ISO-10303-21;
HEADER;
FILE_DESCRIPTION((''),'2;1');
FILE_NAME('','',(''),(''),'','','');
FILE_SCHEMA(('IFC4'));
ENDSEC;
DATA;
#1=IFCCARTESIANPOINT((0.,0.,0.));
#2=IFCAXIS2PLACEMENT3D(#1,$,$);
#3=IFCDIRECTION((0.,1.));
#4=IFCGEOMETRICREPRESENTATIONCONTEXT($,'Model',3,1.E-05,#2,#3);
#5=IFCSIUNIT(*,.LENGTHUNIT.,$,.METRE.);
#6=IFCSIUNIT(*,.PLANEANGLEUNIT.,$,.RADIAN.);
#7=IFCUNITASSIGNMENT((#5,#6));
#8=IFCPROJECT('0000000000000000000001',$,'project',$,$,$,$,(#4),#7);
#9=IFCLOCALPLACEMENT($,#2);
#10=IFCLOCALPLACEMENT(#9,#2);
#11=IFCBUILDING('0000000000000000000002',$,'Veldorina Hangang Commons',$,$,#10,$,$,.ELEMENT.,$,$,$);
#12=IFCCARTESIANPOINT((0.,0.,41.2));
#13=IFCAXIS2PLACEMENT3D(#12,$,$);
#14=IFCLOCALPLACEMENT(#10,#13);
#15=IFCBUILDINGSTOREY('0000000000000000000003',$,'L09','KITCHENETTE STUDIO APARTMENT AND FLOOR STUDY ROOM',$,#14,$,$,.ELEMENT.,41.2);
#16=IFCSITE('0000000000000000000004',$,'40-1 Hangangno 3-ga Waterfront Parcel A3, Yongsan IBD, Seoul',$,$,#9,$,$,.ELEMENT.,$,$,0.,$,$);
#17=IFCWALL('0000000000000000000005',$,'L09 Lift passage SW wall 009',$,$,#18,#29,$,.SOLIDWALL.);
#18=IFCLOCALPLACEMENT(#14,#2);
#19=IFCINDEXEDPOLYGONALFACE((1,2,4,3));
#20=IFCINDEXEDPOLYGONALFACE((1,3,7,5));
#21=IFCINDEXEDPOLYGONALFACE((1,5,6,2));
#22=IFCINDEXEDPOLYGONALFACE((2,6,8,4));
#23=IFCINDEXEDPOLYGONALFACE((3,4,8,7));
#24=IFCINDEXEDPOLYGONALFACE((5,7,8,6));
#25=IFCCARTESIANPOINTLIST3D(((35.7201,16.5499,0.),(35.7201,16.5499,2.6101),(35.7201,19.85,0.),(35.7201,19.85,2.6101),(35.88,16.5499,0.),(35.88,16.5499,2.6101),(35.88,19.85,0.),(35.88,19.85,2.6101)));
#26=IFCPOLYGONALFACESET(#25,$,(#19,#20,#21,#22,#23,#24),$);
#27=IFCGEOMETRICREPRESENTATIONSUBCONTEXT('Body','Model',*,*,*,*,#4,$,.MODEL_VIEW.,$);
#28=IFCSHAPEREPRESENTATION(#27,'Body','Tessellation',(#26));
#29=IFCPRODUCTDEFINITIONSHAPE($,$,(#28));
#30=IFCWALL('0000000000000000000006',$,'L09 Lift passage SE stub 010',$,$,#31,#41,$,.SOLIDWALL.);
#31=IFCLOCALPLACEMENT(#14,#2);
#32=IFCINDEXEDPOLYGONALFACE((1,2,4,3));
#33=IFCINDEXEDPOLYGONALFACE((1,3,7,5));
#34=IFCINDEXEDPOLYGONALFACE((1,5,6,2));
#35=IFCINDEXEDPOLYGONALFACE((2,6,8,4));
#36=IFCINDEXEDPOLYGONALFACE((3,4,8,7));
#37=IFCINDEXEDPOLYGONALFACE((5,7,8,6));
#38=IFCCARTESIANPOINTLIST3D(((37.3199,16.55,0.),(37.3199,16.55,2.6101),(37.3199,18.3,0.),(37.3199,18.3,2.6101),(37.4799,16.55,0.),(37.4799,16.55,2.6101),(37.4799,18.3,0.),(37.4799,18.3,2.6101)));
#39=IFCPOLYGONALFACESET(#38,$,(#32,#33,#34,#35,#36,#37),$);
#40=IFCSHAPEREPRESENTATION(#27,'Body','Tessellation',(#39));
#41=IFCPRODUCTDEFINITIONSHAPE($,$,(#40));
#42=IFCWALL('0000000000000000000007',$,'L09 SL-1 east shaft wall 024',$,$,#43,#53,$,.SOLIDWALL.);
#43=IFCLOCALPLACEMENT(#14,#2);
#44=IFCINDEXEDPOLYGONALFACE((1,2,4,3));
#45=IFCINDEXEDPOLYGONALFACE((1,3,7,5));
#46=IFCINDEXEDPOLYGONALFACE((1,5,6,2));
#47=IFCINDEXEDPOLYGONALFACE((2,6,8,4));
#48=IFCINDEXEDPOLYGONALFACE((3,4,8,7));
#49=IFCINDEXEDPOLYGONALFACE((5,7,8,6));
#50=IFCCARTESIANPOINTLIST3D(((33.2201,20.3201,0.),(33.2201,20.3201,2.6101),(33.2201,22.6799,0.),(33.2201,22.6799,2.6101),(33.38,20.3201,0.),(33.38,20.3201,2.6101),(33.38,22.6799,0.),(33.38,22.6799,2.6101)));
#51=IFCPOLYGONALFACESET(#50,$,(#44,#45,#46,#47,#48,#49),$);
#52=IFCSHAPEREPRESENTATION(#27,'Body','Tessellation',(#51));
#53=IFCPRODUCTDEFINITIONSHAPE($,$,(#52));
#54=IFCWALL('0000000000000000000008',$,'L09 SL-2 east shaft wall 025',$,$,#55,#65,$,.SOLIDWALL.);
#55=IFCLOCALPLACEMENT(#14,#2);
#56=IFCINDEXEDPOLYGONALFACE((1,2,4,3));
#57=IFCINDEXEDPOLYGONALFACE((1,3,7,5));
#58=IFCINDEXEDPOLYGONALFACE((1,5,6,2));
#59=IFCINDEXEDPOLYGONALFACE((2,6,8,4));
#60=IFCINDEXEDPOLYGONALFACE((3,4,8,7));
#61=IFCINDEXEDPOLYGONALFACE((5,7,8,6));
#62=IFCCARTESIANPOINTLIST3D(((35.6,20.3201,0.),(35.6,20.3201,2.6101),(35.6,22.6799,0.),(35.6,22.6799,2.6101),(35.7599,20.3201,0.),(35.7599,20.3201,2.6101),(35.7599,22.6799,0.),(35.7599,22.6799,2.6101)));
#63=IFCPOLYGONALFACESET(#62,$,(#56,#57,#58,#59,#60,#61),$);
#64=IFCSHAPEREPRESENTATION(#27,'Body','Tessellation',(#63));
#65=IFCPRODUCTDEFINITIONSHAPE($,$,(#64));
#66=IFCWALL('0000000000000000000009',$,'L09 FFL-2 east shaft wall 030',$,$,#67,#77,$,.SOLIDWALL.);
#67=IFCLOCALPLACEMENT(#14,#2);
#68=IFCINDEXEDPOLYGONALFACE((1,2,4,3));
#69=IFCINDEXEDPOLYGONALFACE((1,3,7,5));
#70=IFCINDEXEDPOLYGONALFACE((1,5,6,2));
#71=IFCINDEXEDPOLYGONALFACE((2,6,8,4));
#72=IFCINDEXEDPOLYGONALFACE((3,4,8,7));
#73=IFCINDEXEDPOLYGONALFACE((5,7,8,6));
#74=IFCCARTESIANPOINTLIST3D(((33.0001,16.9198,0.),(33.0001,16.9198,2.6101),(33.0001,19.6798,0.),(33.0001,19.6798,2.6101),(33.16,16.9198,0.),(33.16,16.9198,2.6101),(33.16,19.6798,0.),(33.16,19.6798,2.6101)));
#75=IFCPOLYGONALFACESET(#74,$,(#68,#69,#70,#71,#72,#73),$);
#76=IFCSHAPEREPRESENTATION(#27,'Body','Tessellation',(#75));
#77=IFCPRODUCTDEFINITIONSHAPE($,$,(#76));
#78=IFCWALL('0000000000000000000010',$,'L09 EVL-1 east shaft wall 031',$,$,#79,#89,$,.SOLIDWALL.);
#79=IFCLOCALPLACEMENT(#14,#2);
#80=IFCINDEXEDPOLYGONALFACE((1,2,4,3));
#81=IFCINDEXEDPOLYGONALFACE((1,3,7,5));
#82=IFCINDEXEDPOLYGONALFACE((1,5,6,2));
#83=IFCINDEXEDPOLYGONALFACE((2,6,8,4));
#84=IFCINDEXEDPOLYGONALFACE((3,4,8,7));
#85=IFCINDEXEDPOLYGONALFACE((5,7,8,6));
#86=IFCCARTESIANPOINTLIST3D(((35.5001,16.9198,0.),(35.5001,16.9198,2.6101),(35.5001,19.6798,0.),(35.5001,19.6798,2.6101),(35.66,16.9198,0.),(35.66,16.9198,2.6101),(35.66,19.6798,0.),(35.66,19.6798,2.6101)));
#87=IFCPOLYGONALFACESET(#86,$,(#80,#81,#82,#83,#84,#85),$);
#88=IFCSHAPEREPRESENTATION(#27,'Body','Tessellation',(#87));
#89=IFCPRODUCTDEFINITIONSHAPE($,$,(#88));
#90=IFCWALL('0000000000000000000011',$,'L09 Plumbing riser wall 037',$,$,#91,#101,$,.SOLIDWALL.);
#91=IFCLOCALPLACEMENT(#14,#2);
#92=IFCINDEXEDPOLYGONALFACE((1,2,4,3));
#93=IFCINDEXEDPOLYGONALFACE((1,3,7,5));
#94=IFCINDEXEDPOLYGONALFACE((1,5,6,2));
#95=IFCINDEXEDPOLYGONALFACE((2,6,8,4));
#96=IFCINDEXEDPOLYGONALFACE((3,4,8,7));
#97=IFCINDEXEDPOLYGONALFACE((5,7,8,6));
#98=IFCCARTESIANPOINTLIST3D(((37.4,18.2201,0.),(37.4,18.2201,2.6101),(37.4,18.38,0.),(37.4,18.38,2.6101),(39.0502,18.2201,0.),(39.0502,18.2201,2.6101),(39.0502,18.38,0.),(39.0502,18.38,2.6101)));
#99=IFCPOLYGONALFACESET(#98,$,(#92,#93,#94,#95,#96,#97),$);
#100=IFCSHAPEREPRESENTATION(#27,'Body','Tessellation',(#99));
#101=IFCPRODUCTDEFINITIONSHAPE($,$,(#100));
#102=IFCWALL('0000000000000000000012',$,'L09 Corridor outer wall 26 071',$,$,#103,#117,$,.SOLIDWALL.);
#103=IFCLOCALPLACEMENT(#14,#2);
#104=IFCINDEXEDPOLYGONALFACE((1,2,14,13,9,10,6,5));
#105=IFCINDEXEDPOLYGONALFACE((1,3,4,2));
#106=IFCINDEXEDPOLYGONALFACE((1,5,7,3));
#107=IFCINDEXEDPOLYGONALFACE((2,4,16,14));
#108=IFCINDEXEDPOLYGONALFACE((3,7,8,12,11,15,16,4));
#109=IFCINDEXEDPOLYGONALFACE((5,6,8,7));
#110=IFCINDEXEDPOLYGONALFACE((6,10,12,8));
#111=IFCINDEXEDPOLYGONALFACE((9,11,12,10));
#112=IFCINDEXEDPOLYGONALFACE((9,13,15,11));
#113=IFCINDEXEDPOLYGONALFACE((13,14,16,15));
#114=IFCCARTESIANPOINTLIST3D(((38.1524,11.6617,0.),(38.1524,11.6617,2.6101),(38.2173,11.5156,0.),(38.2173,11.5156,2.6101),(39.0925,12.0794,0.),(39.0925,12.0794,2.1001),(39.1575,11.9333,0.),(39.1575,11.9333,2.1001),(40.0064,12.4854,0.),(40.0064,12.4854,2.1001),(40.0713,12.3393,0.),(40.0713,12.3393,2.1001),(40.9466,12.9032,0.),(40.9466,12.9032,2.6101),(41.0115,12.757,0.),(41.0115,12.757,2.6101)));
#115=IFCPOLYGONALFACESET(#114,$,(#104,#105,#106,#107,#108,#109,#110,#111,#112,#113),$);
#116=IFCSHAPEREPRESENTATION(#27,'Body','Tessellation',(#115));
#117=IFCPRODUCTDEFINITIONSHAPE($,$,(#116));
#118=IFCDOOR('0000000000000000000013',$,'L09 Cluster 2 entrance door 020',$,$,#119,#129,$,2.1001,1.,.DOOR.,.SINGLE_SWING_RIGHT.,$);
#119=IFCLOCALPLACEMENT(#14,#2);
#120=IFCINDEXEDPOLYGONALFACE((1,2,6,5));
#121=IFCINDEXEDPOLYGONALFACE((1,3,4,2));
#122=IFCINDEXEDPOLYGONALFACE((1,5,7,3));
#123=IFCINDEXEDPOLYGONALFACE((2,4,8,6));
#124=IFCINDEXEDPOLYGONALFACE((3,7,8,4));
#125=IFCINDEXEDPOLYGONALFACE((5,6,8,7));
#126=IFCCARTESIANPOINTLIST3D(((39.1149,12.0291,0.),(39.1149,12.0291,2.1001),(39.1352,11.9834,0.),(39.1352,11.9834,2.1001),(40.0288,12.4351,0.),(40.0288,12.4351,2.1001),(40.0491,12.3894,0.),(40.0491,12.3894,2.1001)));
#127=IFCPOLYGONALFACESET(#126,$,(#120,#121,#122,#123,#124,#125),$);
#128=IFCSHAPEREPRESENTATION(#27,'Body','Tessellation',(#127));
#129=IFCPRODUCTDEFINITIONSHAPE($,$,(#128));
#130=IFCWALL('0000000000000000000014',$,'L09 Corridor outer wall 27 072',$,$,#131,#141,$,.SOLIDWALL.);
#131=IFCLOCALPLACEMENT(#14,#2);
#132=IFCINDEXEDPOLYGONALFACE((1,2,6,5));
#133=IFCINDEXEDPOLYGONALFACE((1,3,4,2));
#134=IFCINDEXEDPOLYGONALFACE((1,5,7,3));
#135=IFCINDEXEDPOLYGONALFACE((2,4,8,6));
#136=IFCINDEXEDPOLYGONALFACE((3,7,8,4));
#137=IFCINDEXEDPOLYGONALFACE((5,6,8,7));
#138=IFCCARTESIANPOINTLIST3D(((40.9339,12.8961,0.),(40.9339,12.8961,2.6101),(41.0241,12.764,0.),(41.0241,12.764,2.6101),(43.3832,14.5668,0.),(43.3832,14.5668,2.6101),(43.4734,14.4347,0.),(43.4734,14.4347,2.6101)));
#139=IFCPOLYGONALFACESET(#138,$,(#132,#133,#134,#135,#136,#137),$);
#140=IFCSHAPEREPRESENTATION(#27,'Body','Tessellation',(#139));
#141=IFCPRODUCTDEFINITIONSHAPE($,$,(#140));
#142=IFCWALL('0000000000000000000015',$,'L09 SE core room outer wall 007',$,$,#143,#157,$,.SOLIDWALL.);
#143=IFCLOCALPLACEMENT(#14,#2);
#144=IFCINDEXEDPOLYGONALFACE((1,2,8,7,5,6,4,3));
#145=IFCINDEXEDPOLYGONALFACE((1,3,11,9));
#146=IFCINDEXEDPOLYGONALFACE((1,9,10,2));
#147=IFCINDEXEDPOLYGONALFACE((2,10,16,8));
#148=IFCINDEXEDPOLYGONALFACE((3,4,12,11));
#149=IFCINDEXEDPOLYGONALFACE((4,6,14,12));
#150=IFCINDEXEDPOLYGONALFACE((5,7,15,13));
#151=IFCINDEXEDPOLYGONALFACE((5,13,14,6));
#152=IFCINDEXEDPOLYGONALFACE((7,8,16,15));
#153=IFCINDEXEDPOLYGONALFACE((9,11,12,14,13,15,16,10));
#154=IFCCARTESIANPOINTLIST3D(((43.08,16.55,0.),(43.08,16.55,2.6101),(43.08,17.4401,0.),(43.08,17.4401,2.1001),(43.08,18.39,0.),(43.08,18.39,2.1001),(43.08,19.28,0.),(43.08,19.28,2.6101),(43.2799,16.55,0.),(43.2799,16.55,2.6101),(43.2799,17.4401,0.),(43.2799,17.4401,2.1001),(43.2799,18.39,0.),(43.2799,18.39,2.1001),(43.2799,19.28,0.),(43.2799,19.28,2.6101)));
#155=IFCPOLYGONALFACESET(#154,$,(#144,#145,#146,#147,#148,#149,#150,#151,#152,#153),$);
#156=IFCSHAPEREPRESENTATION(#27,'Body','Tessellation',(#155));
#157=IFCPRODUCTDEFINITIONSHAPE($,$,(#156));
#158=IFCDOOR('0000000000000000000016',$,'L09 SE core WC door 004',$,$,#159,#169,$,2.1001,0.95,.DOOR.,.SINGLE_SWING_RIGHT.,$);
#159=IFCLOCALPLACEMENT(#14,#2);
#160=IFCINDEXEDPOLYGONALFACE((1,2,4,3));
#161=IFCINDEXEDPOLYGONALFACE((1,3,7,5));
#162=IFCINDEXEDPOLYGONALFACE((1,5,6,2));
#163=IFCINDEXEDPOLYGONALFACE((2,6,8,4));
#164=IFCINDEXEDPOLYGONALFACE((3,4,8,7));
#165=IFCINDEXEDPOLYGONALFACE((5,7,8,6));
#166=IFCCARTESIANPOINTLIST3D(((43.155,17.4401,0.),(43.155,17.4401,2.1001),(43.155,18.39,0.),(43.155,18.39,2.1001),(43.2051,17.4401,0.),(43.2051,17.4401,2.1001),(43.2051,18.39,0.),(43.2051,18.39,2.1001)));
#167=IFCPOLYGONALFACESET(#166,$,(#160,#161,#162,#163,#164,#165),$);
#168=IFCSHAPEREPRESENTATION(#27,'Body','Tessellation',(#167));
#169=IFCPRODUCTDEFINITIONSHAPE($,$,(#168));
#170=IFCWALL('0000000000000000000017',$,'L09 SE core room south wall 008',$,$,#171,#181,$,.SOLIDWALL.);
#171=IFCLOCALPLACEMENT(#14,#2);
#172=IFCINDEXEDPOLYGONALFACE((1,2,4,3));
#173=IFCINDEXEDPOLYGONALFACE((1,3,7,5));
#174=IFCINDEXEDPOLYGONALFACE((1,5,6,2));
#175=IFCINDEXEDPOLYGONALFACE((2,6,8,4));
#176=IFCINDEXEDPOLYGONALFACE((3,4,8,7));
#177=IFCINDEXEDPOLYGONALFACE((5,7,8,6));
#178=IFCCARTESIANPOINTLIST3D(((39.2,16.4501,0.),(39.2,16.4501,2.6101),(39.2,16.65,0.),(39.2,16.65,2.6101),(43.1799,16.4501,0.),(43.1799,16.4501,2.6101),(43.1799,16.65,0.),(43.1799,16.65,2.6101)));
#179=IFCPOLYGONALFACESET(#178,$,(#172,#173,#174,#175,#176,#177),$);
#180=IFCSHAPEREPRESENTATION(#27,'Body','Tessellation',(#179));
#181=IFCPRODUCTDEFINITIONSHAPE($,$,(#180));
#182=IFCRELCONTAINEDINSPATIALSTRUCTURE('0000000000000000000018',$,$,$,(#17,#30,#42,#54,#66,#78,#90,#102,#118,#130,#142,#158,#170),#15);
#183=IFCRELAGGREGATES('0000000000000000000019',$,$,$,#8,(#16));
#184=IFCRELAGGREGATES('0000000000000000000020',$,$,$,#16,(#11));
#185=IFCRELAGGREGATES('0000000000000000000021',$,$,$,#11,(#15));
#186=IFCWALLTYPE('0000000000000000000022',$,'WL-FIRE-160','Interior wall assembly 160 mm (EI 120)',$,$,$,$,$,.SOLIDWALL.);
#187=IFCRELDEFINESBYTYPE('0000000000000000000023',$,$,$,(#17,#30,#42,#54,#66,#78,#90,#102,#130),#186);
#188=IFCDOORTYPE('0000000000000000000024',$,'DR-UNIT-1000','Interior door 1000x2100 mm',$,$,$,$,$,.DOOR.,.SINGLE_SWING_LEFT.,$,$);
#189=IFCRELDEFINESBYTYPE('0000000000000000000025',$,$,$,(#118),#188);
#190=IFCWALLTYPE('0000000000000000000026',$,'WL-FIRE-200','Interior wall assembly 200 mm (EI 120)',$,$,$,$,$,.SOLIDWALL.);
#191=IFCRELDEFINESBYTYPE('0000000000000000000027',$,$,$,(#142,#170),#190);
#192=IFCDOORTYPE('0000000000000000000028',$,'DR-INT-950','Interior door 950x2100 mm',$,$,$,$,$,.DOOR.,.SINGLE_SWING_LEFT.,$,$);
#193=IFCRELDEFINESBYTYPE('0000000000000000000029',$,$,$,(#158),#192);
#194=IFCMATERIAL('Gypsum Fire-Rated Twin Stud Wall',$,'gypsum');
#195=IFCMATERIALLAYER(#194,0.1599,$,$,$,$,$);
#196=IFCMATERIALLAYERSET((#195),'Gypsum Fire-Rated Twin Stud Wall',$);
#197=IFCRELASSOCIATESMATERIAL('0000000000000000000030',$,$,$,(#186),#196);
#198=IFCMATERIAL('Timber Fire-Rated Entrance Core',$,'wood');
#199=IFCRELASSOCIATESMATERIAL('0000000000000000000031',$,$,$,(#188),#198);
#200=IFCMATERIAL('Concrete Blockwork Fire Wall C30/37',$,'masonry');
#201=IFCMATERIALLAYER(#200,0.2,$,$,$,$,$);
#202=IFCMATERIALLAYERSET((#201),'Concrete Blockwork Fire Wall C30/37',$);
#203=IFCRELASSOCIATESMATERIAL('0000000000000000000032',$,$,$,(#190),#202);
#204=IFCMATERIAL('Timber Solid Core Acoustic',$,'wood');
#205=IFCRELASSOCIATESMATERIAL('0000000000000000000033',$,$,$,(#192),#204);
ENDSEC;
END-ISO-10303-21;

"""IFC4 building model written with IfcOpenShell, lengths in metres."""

from ifc_helpers import new_model, si_unit, direction, frame, frame_2d, origin, place, context, subcontext, project, spatial, rectangle, extrude, material, layer, layer_set, type_object, element, fill, save


model = new_model("IFC4")

# Units and contexts
model_context = context("Model", 3, precision=1e-05, world=origin(), true_north=direction((0.0, 1.0)))
body_context = subcontext(model_context, "Body", "Model", "MODEL_VIEW")
ifc_project = project(units=[si_unit("LENGTHUNIT", "METRE"), si_unit("PLANEANGLEUNIT", "RADIAN")], contexts=[model_context])

# Site, building, storey
site_placement = place(None, origin())
site = spatial("IfcSite", under=ifc_project, at=site_placement, Name="40-1 Hangangno 3-ga Waterfront Parcel A3, Yongsan IBD, Seoul", CompositionType="ELEMENT", RefElevation=0.0)
building_placement = place(site_placement, origin())
building = spatial("IfcBuilding", under=site, at=building_placement, Name="Veldorina Hangang Commons", CompositionType="ELEMENT")
storey_placement = place(building_placement, frame((0.0, 0.0, 41.2)))
storey = spatial("IfcBuildingStorey", under=building, at=storey_placement, Name="L09", Description="KITCHENETTE STUDIO APARTMENT AND FLOOR STUDY ROOM", CompositionType="ELEMENT", Elevation=41.2)

# Walls
ifc_material_1 = material(Name="Gypsum Fire-Rated Twin Stud Wall", Category="gypsum")
ifc_layer_1 = layer(ifc_material_1, 0.1599)
ifc_layer_set_1 = layer_set([ifc_layer_1], Name="Gypsum Fire-Rated Twin Stud Wall")
wall_type_1 = type_object("IfcWallType", Name="WL-FIRE-160", Description="Interior wall assembly 160 mm (EI 120)", PredefinedType="SOLIDWALL", material=ifc_layer_set_1)
wall_1_placement = place(storey_placement, frame((35.8, 16.55, 0.0), z_axis=(0.0, 0.0, 1.0), x_axis=(0.0, 1.0, 0.0)))
element("IfcWall", 1, at=wall_1_placement, inside=storey, type_object=wall_type_1, Name="L09 Lift passage SW wall 009", PredefinedType="SOLIDWALL", context=body_context, shape_type="SweptSolid", body=[
    extrude(rectangle(XDim=3.3, YDim=0.1599, at=frame_2d((1.6499, 0.0))), origin(), (0.0, 0.0, 1.0), 2.6101),
])
wall_2_placement = place(storey_placement, frame((37.3999, 16.55, 0.0), z_axis=(0.0, 0.0, 1.0), x_axis=(0.0, 1.0, 0.0)))
element("IfcWall", 2, at=wall_2_placement, inside=storey, type_object=wall_type_1, Name="L09 Lift passage SE stub 010", PredefinedType="SOLIDWALL", context=body_context, shape_type="SweptSolid", body=[
    extrude(rectangle(XDim=1.75, YDim=0.1599, at=frame_2d((0.875, 0.0))), origin(), (0.0, 0.0, 1.0), 2.6101),
])
for number, where, z_axis, x_axis, name in (
    (3, (33.3, 20.3201, 0.0), (0.0, 0.0, 1.0), (0.0, 1.0, 0.0), "L09 SL-1 east shaft wall 024"),
    (4, (35.6799, 20.3201, 0.0), (0.0, 0.0, 1.0), (0.0, 1.0, 0.0), "L09 SL-2 east shaft wall 025"),
):
    element("IfcWall", number, at=place(storey_placement, frame(where, z_axis=z_axis, x_axis=x_axis)), inside=storey, type_object=wall_type_1, Name=name, PredefinedType="SOLIDWALL", context=body_context, shape_type="SweptSolid", body=[
        extrude(rectangle(XDim=2.3599, YDim=0.1599, at=frame_2d((1.1799, 0.0))), origin(), (0.0, 0.0, 1.0), 2.6101),
    ])
for number, where, z_axis, x_axis, name in (
    (5, (33.0801, 16.9199, 0.0), (0.0, 0.0, 1.0), (0.0, 1.0, 0.0), "L09 FFL-2 east shaft wall 030"),
    (6, (35.5801, 16.9199, 0.0), (0.0, 0.0, 1.0), (0.0, 1.0, 0.0), "L09 EVL-1 east shaft wall 031"),
):
    element("IfcWall", number, at=place(storey_placement, frame(where, z_axis=z_axis, x_axis=x_axis)), inside=storey, type_object=wall_type_1, Name=name, PredefinedType="SOLIDWALL", context=body_context, shape_type="SweptSolid", body=[
        extrude(rectangle(XDim=2.76, YDim=0.1599, at=frame_2d((1.3799, 0.0))), origin(), (0.0, 0.0, 1.0), 2.6101),
    ])
wall_3_placement = place(storey_placement, frame((37.3999, 18.3, 0.0), z_axis=(0.0, 0.0, 1.0), x_axis=(1.0, 0.0, 0.0)))
element("IfcWall", 7, at=wall_3_placement, inside=storey, type_object=wall_type_1, Name="L09 Plumbing riser wall 037", PredefinedType="SOLIDWALL", context=body_context, shape_type="SweptSolid", body=[
    extrude(rectangle(XDim=1.6501, YDim=0.1599, at=frame_2d((0.8252, 0.0))), origin(), (0.0, 0.0, 1.0), 2.6101),
])

# Wall, opening, door
wall_4_placement = place(storey_placement, frame((38.1848, 11.5886, 0.0), z_axis=(0.0, 0.0, 1.0), x_axis=(0.913861, 0.406027, 0.0)))
wall_4 = element("IfcWall", 8, at=wall_4_placement, inside=storey, type_object=wall_type_1, Name="L09 Corridor outer wall 26 071", PredefinedType="SOLIDWALL", context=body_context, shape_type="SweptSolid", body=[
    extrude(rectangle(XDim=3.0576, YDim=0.1599, at=frame_2d((1.5288, 0.0))), origin(), (0.0, 0.0, 1.0), 2.6101),
])
opening_1_placement = place(wall_4_placement, frame((1.0288, 0.0, 0.0)))
opening_1 = element("IfcOpeningElement", 9, at=opening_1_placement, cuts=wall_4, PredefinedType="OPENING", context=body_context, shape_type="SweptSolid", body=[
    extrude(rectangle(XDim=1.0, YDim=2.1001, at=frame_2d((0.5, 1.05))), frame((0.0, 0.0898, 0.0), z_axis=(0.0, -1.0, 0.0), x_axis=(1.0, 0.0, 0.0)), (0.0, 0.0, 1.0), 0.1799),
])
ifc_material_2 = material(Name="Timber Fire-Rated Entrance Core", Category="wood")
door_type_1 = type_object("IfcDoorType", Name="DR-UNIT-1000", Description="Interior door 1000x2100 mm", OperationType="SINGLE_SWING_LEFT", PredefinedType="DOOR", material=ifc_material_2)
door_1_placement = place(opening_1_placement, origin())
door_1 = element("IfcDoor", 10, at=door_1_placement, inside=storey, type_object=door_type_1, Name="L09 Cluster 2 entrance door 020", OperationType="SINGLE_SWING_RIGHT", OverallHeight=2.1001, OverallWidth=1.0, PredefinedType="DOOR", context=body_context, shape_type="SweptSolid", body=[
    extrude(rectangle(XDim=1.0, YDim=2.1001, at=frame_2d((0.5, 1.05))), frame((0.0, 0.0249, 0.0), z_axis=(0.0, -1.0, 0.0), x_axis=(1.0, 0.0, 0.0)), (0.0, 0.0, 1.0), 0.05),
])
fill(opening_1, door_1)

# Wall
wall_5_placement = place(storey_placement, frame((40.979, 12.8301, 0.0), z_axis=(0.0, 0.0, 1.0), x_axis=(0.826112, 0.563505, 0.0)))
element("IfcWall", 11, at=wall_5_placement, inside=storey, type_object=wall_type_1, Name="L09 Corridor outer wall 27 072", PredefinedType="SOLIDWALL", context=body_context, shape_type="SweptSolid", body=[
    extrude(rectangle(XDim=2.9648, YDim=0.1599, at=frame_2d((1.4824, 0.0))), origin(), (0.0, 0.0, 1.0), 2.6101),
])

# Wall, opening, door
ifc_material_3 = material(Name="Concrete Blockwork Fire Wall C30/37", Category="masonry")
ifc_layer_2 = layer(ifc_material_3, 0.2)
ifc_layer_set_2 = layer_set([ifc_layer_2], Name="Concrete Blockwork Fire Wall C30/37")
wall_type_2 = type_object("IfcWallType", Name="WL-FIRE-200", Description="Interior wall assembly 200 mm (EI 120)", PredefinedType="SOLIDWALL", material=ifc_layer_set_2)
wall_6_placement = place(storey_placement, frame((43.1799, 16.55, 0.0), z_axis=(0.0, 0.0, 1.0), x_axis=(0.0, 1.0, 0.0)))
wall_6 = element("IfcWall", 12, at=wall_6_placement, inside=storey, type_object=wall_type_2, Name="L09 SE core room outer wall 007", PredefinedType="SOLIDWALL", context=body_context, shape_type="SweptSolid", body=[
    extrude(rectangle(XDim=2.73, YDim=0.2, at=frame_2d((1.365, 0.0))), origin(), (0.0, 0.0, 1.0), 2.6101),
])
opening_2_placement = place(wall_6_placement, frame((0.8899, 0.0, 0.0)))
opening_2 = element("IfcOpeningElement", 13, at=opening_2_placement, cuts=wall_6, PredefinedType="OPENING", context=body_context, shape_type="SweptSolid", body=[
    extrude(rectangle(XDim=0.95, YDim=2.1001, at=frame_2d((0.4751, 1.05))), frame((0.0, 0.1099, 0.0), z_axis=(0.0, -1.0, 0.0), x_axis=(1.0, 0.0, 0.0)), (0.0, 0.0, 1.0), 0.22),
])
ifc_material_4 = material(Name="Timber Solid Core Acoustic", Category="wood")
door_type_2 = type_object("IfcDoorType", Name="DR-INT-950", Description="Interior door 950x2100 mm", OperationType="SINGLE_SWING_LEFT", PredefinedType="DOOR", material=ifc_material_4)
door_2_placement = place(opening_2_placement, origin())
door_2 = element("IfcDoor", 14, at=door_2_placement, inside=storey, type_object=door_type_2, Name="L09 SE core WC door 004", OperationType="SINGLE_SWING_RIGHT", OverallHeight=2.1001, OverallWidth=0.95, PredefinedType="DOOR", context=body_context, shape_type="SweptSolid", body=[
    extrude(rectangle(XDim=0.95, YDim=2.1001, at=frame_2d((0.4751, 1.05))), frame((0.0, 0.0249, 0.0), z_axis=(0.0, -1.0, 0.0), x_axis=(1.0, 0.0, 0.0)), (0.0, 0.0, 1.0), 0.05),
])
fill(opening_2, door_2)

# Wall
wall_7_placement = place(storey_placement, frame((39.2, 16.55, 0.0), z_axis=(0.0, 0.0, 1.0), x_axis=(1.0, 0.0, 0.0)))
element("IfcWall", 15, at=wall_7_placement, inside=storey, type_object=wall_type_2, Name="L09 SE core room south wall 008", PredefinedType="SOLIDWALL", context=body_context, shape_type="SweptSolid", body=[
    extrude(rectangle(XDim=3.98, YDim=0.2, at=frame_2d((1.99, 0.0))), origin(), (0.0, 0.0, 1.0), 2.6101),
])

save(model, "model.ifc")
